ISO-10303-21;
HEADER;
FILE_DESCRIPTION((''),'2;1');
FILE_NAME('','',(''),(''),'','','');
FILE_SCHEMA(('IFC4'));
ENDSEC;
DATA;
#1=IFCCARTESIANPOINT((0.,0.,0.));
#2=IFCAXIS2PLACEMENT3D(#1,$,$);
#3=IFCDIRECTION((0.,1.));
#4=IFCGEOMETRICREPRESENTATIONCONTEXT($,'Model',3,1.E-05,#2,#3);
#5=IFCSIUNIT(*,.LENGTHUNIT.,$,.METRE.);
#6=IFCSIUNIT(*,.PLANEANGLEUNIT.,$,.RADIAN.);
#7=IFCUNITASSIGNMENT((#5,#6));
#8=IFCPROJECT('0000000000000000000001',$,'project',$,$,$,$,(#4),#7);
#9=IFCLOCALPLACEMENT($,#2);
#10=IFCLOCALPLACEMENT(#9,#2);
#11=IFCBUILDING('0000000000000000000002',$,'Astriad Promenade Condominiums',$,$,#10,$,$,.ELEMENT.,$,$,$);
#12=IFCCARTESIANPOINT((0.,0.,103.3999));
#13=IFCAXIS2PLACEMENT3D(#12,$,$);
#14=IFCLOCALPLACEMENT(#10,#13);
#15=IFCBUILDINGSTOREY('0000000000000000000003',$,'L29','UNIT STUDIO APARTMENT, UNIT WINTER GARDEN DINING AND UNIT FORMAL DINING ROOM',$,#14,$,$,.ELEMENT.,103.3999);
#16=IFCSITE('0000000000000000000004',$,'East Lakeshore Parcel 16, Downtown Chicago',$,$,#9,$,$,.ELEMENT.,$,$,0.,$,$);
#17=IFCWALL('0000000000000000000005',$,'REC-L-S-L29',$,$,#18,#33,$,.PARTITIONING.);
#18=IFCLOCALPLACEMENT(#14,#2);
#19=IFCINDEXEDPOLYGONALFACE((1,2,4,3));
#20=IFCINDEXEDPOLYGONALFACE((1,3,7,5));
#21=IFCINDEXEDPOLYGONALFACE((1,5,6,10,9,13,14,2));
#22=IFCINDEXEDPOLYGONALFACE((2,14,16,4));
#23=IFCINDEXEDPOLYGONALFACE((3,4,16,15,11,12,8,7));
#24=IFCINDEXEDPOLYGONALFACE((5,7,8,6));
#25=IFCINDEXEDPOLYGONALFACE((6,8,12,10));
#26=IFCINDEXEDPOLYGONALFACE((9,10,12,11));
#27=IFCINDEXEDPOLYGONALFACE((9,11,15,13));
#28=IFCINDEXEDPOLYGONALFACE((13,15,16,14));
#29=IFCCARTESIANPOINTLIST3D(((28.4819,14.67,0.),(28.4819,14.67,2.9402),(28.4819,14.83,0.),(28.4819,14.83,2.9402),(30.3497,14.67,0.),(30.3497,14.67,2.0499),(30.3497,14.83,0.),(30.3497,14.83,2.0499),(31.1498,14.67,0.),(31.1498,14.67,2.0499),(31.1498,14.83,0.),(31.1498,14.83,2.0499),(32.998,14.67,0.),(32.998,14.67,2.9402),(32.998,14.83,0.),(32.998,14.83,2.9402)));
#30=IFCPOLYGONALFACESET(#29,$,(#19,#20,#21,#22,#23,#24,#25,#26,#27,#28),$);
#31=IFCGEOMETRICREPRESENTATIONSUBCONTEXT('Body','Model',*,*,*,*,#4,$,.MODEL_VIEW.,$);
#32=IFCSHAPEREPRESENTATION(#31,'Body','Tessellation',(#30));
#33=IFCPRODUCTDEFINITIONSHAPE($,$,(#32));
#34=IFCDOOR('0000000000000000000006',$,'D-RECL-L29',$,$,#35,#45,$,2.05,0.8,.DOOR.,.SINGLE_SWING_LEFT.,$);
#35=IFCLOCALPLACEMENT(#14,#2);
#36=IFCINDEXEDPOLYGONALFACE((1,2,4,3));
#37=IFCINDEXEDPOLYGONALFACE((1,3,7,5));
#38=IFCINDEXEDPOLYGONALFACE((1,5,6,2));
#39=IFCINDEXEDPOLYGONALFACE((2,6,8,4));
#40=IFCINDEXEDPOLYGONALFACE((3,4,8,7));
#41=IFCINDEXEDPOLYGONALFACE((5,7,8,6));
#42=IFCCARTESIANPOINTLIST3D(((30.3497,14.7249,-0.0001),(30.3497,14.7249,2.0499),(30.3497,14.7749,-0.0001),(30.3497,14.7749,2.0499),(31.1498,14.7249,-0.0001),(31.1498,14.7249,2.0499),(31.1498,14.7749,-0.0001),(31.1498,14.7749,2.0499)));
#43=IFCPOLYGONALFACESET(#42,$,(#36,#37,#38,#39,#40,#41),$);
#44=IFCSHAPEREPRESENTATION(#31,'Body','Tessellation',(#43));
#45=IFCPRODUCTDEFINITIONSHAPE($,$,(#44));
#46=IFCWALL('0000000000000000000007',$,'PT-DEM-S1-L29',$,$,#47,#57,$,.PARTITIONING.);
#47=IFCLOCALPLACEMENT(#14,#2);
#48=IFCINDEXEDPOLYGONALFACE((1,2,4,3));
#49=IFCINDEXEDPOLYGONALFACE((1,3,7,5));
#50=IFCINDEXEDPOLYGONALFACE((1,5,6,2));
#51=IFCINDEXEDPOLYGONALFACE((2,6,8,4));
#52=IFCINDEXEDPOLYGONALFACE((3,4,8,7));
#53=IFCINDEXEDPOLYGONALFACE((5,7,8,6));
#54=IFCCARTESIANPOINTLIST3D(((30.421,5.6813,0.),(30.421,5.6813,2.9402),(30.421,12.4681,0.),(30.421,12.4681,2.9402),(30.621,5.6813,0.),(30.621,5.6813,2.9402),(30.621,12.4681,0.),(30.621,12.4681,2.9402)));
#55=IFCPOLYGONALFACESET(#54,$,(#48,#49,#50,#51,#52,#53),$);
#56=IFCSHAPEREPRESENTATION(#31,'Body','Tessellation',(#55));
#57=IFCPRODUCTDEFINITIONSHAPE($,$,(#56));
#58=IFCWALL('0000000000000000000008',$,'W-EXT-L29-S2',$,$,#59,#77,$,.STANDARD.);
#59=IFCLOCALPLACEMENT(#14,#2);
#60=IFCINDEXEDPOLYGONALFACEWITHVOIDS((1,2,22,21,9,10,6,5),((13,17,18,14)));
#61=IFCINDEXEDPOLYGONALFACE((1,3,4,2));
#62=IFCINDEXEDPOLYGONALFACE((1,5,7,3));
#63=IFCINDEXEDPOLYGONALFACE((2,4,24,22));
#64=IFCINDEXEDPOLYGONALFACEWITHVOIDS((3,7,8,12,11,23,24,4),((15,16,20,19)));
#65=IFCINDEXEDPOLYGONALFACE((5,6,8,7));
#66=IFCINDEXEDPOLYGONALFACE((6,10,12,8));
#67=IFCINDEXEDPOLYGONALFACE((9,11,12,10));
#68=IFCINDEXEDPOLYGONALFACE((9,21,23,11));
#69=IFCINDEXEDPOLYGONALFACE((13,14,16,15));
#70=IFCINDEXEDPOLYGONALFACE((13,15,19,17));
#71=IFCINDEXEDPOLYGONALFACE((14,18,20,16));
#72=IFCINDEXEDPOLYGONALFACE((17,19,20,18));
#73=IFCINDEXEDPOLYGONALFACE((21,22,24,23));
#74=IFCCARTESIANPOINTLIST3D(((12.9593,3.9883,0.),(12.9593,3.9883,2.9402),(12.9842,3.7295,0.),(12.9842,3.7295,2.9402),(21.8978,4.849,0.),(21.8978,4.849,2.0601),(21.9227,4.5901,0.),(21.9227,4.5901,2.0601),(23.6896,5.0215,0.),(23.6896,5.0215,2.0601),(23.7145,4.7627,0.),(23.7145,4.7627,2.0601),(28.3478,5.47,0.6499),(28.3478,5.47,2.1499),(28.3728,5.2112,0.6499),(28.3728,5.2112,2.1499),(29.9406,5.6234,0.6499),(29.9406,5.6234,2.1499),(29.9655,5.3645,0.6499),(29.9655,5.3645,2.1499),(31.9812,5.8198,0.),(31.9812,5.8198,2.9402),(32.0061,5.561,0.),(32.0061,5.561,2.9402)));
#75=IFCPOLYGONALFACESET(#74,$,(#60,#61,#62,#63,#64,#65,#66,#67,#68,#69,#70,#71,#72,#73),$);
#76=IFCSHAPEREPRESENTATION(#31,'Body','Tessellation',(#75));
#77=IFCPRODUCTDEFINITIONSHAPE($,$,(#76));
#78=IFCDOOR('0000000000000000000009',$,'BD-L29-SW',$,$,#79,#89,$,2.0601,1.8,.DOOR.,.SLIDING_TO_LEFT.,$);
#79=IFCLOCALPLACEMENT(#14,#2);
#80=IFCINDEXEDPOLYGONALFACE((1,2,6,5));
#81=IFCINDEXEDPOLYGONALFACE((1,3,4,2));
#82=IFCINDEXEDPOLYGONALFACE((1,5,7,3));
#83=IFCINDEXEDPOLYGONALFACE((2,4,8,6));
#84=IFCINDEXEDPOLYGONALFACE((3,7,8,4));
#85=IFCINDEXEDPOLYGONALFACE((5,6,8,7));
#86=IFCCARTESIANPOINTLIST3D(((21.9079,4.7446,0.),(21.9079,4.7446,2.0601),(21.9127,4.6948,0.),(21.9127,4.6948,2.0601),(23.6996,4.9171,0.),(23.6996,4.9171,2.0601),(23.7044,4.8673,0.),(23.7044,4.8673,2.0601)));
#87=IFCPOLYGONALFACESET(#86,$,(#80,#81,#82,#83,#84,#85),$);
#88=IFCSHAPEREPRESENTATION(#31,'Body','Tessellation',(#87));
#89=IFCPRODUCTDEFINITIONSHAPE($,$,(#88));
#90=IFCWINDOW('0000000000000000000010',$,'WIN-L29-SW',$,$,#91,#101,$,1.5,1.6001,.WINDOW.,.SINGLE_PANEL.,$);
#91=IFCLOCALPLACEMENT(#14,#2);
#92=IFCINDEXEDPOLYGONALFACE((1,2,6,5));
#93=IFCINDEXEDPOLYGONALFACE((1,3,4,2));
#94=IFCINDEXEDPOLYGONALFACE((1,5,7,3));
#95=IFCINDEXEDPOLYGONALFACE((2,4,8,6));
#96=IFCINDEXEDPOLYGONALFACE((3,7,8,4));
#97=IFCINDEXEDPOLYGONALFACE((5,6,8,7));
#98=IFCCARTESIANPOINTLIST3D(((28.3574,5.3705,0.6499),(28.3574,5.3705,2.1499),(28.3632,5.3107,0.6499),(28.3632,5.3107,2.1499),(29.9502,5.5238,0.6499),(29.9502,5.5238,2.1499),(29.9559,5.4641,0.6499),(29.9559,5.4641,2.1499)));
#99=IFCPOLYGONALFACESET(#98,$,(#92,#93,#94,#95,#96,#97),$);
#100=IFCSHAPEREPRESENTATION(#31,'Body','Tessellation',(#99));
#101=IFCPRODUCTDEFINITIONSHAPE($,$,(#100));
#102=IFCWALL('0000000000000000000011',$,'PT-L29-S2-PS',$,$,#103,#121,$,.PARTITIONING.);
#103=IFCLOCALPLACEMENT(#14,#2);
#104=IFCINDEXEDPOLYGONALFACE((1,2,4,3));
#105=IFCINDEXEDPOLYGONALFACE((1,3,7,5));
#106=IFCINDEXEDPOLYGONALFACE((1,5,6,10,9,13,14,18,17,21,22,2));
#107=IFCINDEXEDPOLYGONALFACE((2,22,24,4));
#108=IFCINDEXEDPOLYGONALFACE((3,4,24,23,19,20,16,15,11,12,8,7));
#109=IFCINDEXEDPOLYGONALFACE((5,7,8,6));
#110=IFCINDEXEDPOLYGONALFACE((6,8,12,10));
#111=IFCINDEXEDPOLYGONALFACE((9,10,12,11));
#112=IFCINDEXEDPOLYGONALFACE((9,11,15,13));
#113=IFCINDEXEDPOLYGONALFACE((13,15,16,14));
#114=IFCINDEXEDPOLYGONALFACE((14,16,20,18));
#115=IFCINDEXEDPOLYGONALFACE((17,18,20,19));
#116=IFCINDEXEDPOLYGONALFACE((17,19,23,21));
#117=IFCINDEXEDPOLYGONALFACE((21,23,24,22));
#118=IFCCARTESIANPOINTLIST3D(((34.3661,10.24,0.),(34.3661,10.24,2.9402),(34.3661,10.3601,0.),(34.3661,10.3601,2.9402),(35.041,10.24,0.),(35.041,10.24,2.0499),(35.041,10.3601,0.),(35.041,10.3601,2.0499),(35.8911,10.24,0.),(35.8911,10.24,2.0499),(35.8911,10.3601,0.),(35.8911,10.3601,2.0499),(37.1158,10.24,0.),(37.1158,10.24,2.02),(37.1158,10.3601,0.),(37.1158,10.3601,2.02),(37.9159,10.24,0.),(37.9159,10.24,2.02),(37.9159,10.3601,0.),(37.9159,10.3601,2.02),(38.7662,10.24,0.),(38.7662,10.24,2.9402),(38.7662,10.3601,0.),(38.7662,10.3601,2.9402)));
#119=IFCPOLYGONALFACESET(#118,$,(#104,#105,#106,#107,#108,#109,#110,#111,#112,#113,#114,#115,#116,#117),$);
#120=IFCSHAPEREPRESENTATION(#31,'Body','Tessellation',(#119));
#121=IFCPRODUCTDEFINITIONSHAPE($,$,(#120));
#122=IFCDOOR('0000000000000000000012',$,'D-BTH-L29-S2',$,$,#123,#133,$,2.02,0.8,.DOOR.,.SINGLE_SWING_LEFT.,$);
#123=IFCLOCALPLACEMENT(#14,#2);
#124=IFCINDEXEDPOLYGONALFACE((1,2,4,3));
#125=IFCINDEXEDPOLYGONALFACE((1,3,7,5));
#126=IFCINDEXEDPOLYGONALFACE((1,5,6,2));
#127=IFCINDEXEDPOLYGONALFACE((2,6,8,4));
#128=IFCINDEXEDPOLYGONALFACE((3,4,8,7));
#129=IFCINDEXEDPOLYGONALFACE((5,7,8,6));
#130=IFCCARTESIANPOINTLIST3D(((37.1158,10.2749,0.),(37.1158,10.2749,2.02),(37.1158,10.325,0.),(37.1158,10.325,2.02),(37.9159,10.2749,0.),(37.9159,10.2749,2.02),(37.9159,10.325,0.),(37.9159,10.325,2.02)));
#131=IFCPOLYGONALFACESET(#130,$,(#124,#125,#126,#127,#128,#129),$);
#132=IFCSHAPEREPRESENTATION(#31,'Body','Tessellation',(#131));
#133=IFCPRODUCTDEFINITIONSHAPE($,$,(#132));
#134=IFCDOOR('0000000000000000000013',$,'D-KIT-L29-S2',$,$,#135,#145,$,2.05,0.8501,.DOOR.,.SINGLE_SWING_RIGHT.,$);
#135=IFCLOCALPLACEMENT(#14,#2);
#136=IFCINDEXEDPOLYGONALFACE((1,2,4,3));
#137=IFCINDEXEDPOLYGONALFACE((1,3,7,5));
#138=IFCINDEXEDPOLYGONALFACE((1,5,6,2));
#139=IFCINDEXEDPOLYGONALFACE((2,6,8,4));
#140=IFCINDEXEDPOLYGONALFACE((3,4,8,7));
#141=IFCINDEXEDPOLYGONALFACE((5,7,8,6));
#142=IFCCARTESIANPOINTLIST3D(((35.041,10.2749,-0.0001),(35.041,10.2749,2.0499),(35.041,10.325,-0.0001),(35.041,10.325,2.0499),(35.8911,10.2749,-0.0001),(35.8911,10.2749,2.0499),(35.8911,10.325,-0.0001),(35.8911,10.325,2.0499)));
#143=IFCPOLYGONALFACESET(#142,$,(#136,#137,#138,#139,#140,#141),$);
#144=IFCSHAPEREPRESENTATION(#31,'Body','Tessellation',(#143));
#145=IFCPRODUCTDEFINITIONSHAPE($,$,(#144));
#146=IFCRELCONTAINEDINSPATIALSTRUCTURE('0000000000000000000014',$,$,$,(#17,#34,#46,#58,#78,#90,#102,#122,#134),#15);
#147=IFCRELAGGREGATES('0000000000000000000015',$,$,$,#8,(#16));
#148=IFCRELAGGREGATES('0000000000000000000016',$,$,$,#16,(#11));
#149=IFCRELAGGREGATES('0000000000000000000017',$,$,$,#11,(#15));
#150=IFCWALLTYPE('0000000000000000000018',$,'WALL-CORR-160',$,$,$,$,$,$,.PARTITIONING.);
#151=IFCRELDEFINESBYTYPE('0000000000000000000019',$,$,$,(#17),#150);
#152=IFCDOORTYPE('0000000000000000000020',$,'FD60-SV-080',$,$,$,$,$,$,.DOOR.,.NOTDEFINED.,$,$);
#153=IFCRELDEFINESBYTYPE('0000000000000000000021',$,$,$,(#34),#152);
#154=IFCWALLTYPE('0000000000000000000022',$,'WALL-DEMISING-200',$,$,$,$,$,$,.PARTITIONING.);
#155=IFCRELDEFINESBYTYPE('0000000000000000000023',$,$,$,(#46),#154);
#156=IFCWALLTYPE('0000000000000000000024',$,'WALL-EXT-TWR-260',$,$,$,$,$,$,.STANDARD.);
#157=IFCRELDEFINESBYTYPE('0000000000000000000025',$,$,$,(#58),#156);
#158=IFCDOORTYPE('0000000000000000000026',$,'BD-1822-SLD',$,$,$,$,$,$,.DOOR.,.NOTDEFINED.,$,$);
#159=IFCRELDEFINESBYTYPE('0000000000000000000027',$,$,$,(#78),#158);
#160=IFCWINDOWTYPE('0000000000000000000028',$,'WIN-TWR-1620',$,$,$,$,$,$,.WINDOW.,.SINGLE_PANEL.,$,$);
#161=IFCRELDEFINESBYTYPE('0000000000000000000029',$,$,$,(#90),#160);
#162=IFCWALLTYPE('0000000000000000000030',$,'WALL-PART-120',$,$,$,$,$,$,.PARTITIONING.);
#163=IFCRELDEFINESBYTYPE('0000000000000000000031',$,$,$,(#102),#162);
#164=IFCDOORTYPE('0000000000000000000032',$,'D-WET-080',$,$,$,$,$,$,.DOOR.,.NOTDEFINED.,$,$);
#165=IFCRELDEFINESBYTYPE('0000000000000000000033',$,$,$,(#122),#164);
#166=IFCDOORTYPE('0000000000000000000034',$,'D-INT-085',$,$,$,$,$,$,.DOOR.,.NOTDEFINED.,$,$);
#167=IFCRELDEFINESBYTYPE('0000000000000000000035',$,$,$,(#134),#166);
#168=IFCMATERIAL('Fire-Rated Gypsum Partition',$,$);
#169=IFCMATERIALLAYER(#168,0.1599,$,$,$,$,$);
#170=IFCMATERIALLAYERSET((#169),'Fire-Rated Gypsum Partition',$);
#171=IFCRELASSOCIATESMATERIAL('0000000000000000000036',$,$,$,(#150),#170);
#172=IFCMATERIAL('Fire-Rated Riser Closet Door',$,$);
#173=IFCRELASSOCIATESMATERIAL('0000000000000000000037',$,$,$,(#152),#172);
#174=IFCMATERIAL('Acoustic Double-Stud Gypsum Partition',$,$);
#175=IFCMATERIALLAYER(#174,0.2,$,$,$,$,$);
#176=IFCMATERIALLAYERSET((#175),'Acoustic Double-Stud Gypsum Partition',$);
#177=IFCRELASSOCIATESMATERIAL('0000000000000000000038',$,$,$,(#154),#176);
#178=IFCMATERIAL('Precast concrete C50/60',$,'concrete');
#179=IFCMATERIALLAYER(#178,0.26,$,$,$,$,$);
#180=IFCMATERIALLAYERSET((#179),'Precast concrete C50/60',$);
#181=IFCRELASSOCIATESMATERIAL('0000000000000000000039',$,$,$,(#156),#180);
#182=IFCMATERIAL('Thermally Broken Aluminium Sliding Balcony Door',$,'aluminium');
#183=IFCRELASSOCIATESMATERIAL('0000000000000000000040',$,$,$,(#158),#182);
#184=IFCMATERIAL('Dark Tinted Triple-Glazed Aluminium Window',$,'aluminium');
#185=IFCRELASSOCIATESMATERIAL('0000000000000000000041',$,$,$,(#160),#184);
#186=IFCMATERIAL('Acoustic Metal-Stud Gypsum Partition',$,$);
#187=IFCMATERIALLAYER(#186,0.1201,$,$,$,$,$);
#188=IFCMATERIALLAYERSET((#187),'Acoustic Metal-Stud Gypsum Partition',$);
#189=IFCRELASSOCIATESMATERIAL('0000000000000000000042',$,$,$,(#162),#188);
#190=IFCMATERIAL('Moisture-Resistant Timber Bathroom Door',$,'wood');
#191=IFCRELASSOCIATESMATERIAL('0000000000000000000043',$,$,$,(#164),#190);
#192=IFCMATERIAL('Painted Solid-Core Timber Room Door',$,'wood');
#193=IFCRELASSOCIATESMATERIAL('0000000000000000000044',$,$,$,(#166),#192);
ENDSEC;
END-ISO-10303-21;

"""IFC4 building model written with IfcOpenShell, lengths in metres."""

from ifc_helpers import new_model, si_unit, direction, frame, frame_2d, origin, place, context, subcontext, project, spatial, rectangle, extrude, source, transform, mapped, material, layer, layer_set, type_object, type_shapes, element, fill, save


model = new_model("IFC4")

# Units and contexts
model_context = context("Model", 3, precision=1e-05, world=origin(), true_north=direction((0.0, 1.0)))
body_context = subcontext(model_context, "Body", "Model", "MODEL_VIEW")
ifc_project = project(units=[si_unit("LENGTHUNIT", "METRE"), si_unit("PLANEANGLEUNIT", "RADIAN")], contexts=[model_context])

# Site, building, storey
site_placement = place(None, origin())
site = spatial("IfcSite", under=ifc_project, at=site_placement, Name="East Lakeshore Parcel 16, Downtown Chicago", CompositionType="ELEMENT", RefElevation=0.0)
building_placement = place(site_placement, origin())
building = spatial("IfcBuilding", under=site, at=building_placement, Name="Astriad Promenade Condominiums", CompositionType="ELEMENT")
storey_placement = place(building_placement, frame((0.0, 0.0, 103.3999)))
storey = spatial("IfcBuildingStorey", under=building, at=storey_placement, Name="L29", Description="UNIT STUDIO APARTMENT, UNIT WINTER GARDEN DINING AND UNIT FORMAL DINING ROOM", CompositionType="ELEMENT", Elevation=103.3999)

# Wall, opening, door
ifc_material_1 = material(Name="Fire-Rated Gypsum Partition")
ifc_layer_1 = layer(ifc_material_1, 0.1599)
ifc_layer_set_1 = layer_set([ifc_layer_1], Name="Fire-Rated Gypsum Partition")
wall_type_1 = type_object("IfcWallType", Name="WALL-CORR-160", PredefinedType="PARTITIONING", material=ifc_layer_set_1)
wall_1_placement = place(storey_placement, frame((28.4819, 14.75, 0.0), z_axis=(0.0, 0.0, 1.0), x_axis=(1.0, 0.0, 0.0)))
wall_1 = element("IfcWall", 1, at=wall_1_placement, inside=storey, type_object=wall_type_1, Name="REC-L-S-L29", PredefinedType="PARTITIONING", context=body_context, shape_type="SweptSolid", body=[
    extrude(rectangle(XDim=4.5161, YDim=0.1599, at=frame_2d((2.2581, 0.0))), origin(), (0.0, 0.0, 1.0), 2.9402),
])
opening_1_placement = place(wall_1_placement, frame((1.8679, 0.0, 0.0)))
opening_1 = element("IfcOpeningElement", 2, at=opening_1_placement, cuts=wall_1, PredefinedType="OPENING", context=body_context, shape_type="SweptSolid", body=[
    extrude(rectangle(XDim=0.8, YDim=2.05, at=frame_2d((0.3999, 1.0249))), frame((0.0, 0.0898, 0.0), z_axis=(0.0, -1.0, 0.0), x_axis=(1.0, 0.0, 0.0)), (0.0, 0.0, 1.0), 0.1799),
])
ifc_material_2 = material(Name="Fire-Rated Riser Closet Door")
door_type_1 = type_object("IfcDoorType", Name="FD60-SV-080", OperationType="NOTDEFINED", PredefinedType="DOOR", material=ifc_material_2)
shared_shape_1 = source(origin(), body_context, "Body", "SweptSolid", [
    extrude(rectangle(XDim=0.8, YDim=2.05, at=frame_2d((0.3999, 1.0249))), frame((0.0, 0.0249, 0.0), z_axis=(0.0, -1.0, 0.0), x_axis=(1.0, 0.0, 0.0)), (0.0, 0.0, 1.0), 0.05),
])
type_shapes(door_type_1, [shared_shape_1])
door_1_placement = place(opening_1_placement, origin())
door_1 = element("IfcDoor", 3, at=door_1_placement, inside=storey, type_object=door_type_1, Name="D-RECL-L29", OperationType="SINGLE_SWING_LEFT", OverallHeight=2.05, OverallWidth=0.8, PredefinedType="DOOR", context=body_context, shape_type="MappedRepresentation", body=[
    mapped(shared_shape_1, transform((0.0, 0.0, 0.0), scale=1.0)),
])
fill(opening_1, door_1)

# Wall
ifc_material_3 = material(Name="Acoustic Double-Stud Gypsum Partition")
ifc_layer_2 = layer(ifc_material_3, 0.2)
ifc_layer_set_2 = layer_set([ifc_layer_2], Name="Acoustic Double-Stud Gypsum Partition")
wall_type_2 = type_object("IfcWallType", Name="WALL-DEMISING-200", PredefinedType="PARTITIONING", material=ifc_layer_set_2)
wall_2_placement = place(storey_placement, frame((30.521, 5.6812, 0.0), z_axis=(0.0, 0.0, 1.0), x_axis=(0.0, 1.0, 0.0)))
element("IfcWall", 4, at=wall_2_placement, inside=storey, type_object=wall_type_2, Name="PT-DEM-S1-L29", PredefinedType="PARTITIONING", context=body_context, shape_type="SweptSolid", body=[
    extrude(rectangle(XDim=6.7869, YDim=0.2, at=frame_2d((3.3936, 0.0))), origin(), (0.0, 0.0, 1.0), 2.9402),
])

# Wall, openings, door, window
ifc_material_4 = material(Name="Precast concrete C50/60", Category="concrete")
ifc_layer_3 = layer(ifc_material_4, 0.26)
ifc_layer_set_3 = layer_set([ifc_layer_3], Name="Precast concrete C50/60")
wall_type_3 = type_object("IfcWallType", Name="WALL-EXT-TWR-260", PredefinedType="STANDARD", material=ifc_layer_set_3)
wall_3_placement = place(storey_placement, frame((31.9937, 5.6904, 0.0), z_axis=(0.0, 0.0, 1.0), x_axis=(-0.995397, -0.095842, 0.0)))
wall_3 = element("IfcWall", 5, at=wall_3_placement, inside=storey, type_object=wall_type_3, Name="W-EXT-L29-S2", PredefinedType="STANDARD", context=body_context, shape_type="SweptSolid", body=[
    extrude(rectangle(XDim=19.1099, YDim=0.26, at=frame_2d((9.5549, 0.0))), origin(), (0.0, 0.0, 1.0), 2.9402),
])
opening_2_placement = place(wall_3_placement, frame((8.3301, 0.0, 0.0)))
opening_2 = element("IfcOpeningElement", 6, at=opening_2_placement, cuts=wall_3, PredefinedType="OPENING", context=body_context, shape_type="SweptSolid", body=[
    extrude(rectangle(XDim=1.8, YDim=2.0601, at=frame_2d((0.8999, 1.03))), frame((0.0, 0.1399, 0.0), z_axis=(0.0, -1.0, 0.0), x_axis=(1.0, 0.0, 0.0)), (0.0, 0.0, 1.0), 0.28),
])
opening_3_placement = place(wall_3_placement, frame((2.05, 0.0, 0.6499)))
opening_3 = element("IfcOpeningElement", 7, at=opening_3_placement, cuts=wall_3, PredefinedType="OPENING", context=body_context, shape_type="SweptSolid", body=[
    extrude(rectangle(XDim=1.6001, YDim=1.5, at=frame_2d((0.8, 0.75))), frame((0.0, 0.1399, 0.0), z_axis=(0.0, -1.0, 0.0), x_axis=(1.0, 0.0, 0.0)), (0.0, 0.0, 1.0), 0.28),
])
ifc_material_5 = material(Name="Thermally Broken Aluminium Sliding Balcony Door", Category="aluminium")
door_type_2 = type_object("IfcDoorType", Name="BD-1822-SLD", OperationType="NOTDEFINED", PredefinedType="DOOR", material=ifc_material_5)
shared_shape_2 = source(origin(), body_context, "Body", "SweptSolid", [
    extrude(rectangle(XDim=1.8, YDim=2.0601, at=frame_2d((0.8999, 1.03))), frame((0.0, 0.0249, 0.0), z_axis=(0.0, -1.0, 0.0), x_axis=(1.0, 0.0, 0.0)), (0.0, 0.0, 1.0), 0.05),
])
type_shapes(door_type_2, [shared_shape_2])
door_2_placement = place(opening_2_placement, origin())
door_2 = element("IfcDoor", 8, at=door_2_placement, inside=storey, type_object=door_type_2, Name="BD-L29-SW", OperationType="SLIDING_TO_LEFT", OverallHeight=2.0601, OverallWidth=1.8, PredefinedType="DOOR", context=body_context, shape_type="MappedRepresentation", body=[
    mapped(shared_shape_2, transform((0.0, 0.0, 0.0), scale=1.0)),
])
fill(opening_2, door_2)
ifc_material_6 = material(Name="Dark Tinted Triple-Glazed Aluminium Window", Category="aluminium")
window_type = type_object("IfcWindowType", Name="WIN-TWR-1620", PartitioningType="SINGLE_PANEL", PredefinedType="WINDOW", material=ifc_material_6)
shared_shape_3 = source(origin(), body_context, "Body", "SweptSolid", [
    extrude(rectangle(XDim=1.6001, YDim=1.5, at=frame_2d((0.8, 0.75))), frame((0.0, 0.03, 0.0), z_axis=(0.0, -1.0, 0.0), x_axis=(1.0, 0.0, 0.0)), (0.0, 0.0, 1.0), 0.0601),
])
type_shapes(window_type, [shared_shape_3])
window_placement = place(opening_3_placement, origin())
window = element("IfcWindow", 9, at=window_placement, inside=storey, type_object=window_type, Name="WIN-L29-SW", OverallHeight=1.5, OverallWidth=1.6001, PartitioningType="SINGLE_PANEL", PredefinedType="WINDOW", context=body_context, shape_type="MappedRepresentation", body=[
    mapped(shared_shape_3, transform((0.0, 0.0, 0.0), scale=1.0)),
])
fill(opening_3, window)

# Wall, openings, doors
ifc_material_7 = material(Name="Acoustic Metal-Stud Gypsum Partition")
ifc_layer_4 = layer(ifc_material_7, 0.1201)
ifc_layer_set_4 = layer_set([ifc_layer_4], Name="Acoustic Metal-Stud Gypsum Partition")
wall_type_4 = type_object("IfcWallType", Name="WALL-PART-120", PredefinedType="PARTITIONING", material=ifc_layer_set_4)
wall_4_placement = place(storey_placement, frame((34.366, 10.3, 0.0), z_axis=(0.0, 0.0, 1.0), x_axis=(1.0, 0.0, 0.0)))
wall_4 = element("IfcWall", 10, at=wall_4_placement, inside=storey, type_object=wall_type_4, Name="PT-L29-S2-PS", PredefinedType="PARTITIONING", context=body_context, shape_type="SweptSolid", body=[
    extrude(rectangle(XDim=4.4001, YDim=0.1201, at=frame_2d((2.2002, 0.0))), origin(), (0.0, 0.0, 1.0), 2.9402),
])
opening_4_placement = place(wall_4_placement, frame((0.675, 0.0, 0.0)))
opening_4 = element("IfcOpeningElement", 11, at=opening_4_placement, cuts=wall_4, PredefinedType="OPENING", context=body_context, shape_type="SweptSolid", body=[
    extrude(rectangle(XDim=0.8501, YDim=2.05, at=frame_2d((0.425, 1.0249))), frame((0.0, 0.0701, 0.0), z_axis=(0.0, -1.0, 0.0), x_axis=(1.0, 0.0, 0.0)), (0.0, 0.0, 1.0), 0.1401),
])
opening_5_placement = place(wall_4_placement, frame((2.75, 0.0, 0.0)))
opening_5 = element("IfcOpeningElement", 12, at=opening_5_placement, cuts=wall_4, PredefinedType="OPENING", context=body_context, shape_type="SweptSolid", body=[
    extrude(rectangle(XDim=0.8, YDim=2.02, at=frame_2d((0.3999, 1.01))), frame((0.0, 0.0701, 0.0), z_axis=(0.0, -1.0, 0.0), x_axis=(1.0, 0.0, 0.0)), (0.0, 0.0, 1.0), 0.1401),
])
ifc_material_8 = material(Name="Moisture-Resistant Timber Bathroom Door", Category="wood")
door_type_3 = type_object("IfcDoorType", Name="D-WET-080", OperationType="NOTDEFINED", PredefinedType="DOOR", material=ifc_material_8)
shared_shape_4 = source(origin(), body_context, "Body", "SweptSolid", [
    extrude(rectangle(XDim=0.8, YDim=2.02, at=frame_2d((0.3999, 1.01))), frame((0.0, 0.0249, 0.0), z_axis=(0.0, -1.0, 0.0), x_axis=(1.0, 0.0, 0.0)), (0.0, 0.0, 1.0), 0.05),
])
type_shapes(door_type_3, [shared_shape_4])
door_3_placement = place(opening_5_placement, origin())
door_3 = element("IfcDoor", 13, at=door_3_placement, inside=storey, type_object=door_type_3, Name="D-BTH-L29-S2", OperationType="SINGLE_SWING_LEFT", OverallHeight=2.02, OverallWidth=0.8, PredefinedType="DOOR", context=body_context, shape_type="MappedRepresentation", body=[
    mapped(shared_shape_4, transform((0.0, 0.0, 0.0), scale=1.0)),
])
fill(opening_5, door_3)
ifc_material_9 = material(Name="Painted Solid-Core Timber Room Door", Category="wood")
door_type_4 = type_object("IfcDoorType", Name="D-INT-085", OperationType="NOTDEFINED", PredefinedType="DOOR", material=ifc_material_9)
shared_shape_5 = source(origin(), body_context, "Body", "SweptSolid", [
    extrude(rectangle(XDim=0.8501, YDim=2.05, at=frame_2d((0.425, 1.0249))), frame((0.0, 0.0249, 0.0), z_axis=(0.0, -1.0, 0.0), x_axis=(1.0, 0.0, 0.0)), (0.0, 0.0, 1.0), 0.05),
])
type_shapes(door_type_4, [shared_shape_5])
door_4_placement = place(opening_4_placement, origin())
door_4 = element("IfcDoor", 14, at=door_4_placement, inside=storey, type_object=door_type_4, Name="D-KIT-L29-S2", OperationType="SINGLE_SWING_RIGHT", OverallHeight=2.05, OverallWidth=0.8501, PredefinedType="DOOR", context=body_context, shape_type="MappedRepresentation", body=[
    mapped(shared_shape_5, transform((0.0, 0.0, 0.0), scale=1.0)),
])
fill(opening_4, door_4)

save(model, "model.ifc")
